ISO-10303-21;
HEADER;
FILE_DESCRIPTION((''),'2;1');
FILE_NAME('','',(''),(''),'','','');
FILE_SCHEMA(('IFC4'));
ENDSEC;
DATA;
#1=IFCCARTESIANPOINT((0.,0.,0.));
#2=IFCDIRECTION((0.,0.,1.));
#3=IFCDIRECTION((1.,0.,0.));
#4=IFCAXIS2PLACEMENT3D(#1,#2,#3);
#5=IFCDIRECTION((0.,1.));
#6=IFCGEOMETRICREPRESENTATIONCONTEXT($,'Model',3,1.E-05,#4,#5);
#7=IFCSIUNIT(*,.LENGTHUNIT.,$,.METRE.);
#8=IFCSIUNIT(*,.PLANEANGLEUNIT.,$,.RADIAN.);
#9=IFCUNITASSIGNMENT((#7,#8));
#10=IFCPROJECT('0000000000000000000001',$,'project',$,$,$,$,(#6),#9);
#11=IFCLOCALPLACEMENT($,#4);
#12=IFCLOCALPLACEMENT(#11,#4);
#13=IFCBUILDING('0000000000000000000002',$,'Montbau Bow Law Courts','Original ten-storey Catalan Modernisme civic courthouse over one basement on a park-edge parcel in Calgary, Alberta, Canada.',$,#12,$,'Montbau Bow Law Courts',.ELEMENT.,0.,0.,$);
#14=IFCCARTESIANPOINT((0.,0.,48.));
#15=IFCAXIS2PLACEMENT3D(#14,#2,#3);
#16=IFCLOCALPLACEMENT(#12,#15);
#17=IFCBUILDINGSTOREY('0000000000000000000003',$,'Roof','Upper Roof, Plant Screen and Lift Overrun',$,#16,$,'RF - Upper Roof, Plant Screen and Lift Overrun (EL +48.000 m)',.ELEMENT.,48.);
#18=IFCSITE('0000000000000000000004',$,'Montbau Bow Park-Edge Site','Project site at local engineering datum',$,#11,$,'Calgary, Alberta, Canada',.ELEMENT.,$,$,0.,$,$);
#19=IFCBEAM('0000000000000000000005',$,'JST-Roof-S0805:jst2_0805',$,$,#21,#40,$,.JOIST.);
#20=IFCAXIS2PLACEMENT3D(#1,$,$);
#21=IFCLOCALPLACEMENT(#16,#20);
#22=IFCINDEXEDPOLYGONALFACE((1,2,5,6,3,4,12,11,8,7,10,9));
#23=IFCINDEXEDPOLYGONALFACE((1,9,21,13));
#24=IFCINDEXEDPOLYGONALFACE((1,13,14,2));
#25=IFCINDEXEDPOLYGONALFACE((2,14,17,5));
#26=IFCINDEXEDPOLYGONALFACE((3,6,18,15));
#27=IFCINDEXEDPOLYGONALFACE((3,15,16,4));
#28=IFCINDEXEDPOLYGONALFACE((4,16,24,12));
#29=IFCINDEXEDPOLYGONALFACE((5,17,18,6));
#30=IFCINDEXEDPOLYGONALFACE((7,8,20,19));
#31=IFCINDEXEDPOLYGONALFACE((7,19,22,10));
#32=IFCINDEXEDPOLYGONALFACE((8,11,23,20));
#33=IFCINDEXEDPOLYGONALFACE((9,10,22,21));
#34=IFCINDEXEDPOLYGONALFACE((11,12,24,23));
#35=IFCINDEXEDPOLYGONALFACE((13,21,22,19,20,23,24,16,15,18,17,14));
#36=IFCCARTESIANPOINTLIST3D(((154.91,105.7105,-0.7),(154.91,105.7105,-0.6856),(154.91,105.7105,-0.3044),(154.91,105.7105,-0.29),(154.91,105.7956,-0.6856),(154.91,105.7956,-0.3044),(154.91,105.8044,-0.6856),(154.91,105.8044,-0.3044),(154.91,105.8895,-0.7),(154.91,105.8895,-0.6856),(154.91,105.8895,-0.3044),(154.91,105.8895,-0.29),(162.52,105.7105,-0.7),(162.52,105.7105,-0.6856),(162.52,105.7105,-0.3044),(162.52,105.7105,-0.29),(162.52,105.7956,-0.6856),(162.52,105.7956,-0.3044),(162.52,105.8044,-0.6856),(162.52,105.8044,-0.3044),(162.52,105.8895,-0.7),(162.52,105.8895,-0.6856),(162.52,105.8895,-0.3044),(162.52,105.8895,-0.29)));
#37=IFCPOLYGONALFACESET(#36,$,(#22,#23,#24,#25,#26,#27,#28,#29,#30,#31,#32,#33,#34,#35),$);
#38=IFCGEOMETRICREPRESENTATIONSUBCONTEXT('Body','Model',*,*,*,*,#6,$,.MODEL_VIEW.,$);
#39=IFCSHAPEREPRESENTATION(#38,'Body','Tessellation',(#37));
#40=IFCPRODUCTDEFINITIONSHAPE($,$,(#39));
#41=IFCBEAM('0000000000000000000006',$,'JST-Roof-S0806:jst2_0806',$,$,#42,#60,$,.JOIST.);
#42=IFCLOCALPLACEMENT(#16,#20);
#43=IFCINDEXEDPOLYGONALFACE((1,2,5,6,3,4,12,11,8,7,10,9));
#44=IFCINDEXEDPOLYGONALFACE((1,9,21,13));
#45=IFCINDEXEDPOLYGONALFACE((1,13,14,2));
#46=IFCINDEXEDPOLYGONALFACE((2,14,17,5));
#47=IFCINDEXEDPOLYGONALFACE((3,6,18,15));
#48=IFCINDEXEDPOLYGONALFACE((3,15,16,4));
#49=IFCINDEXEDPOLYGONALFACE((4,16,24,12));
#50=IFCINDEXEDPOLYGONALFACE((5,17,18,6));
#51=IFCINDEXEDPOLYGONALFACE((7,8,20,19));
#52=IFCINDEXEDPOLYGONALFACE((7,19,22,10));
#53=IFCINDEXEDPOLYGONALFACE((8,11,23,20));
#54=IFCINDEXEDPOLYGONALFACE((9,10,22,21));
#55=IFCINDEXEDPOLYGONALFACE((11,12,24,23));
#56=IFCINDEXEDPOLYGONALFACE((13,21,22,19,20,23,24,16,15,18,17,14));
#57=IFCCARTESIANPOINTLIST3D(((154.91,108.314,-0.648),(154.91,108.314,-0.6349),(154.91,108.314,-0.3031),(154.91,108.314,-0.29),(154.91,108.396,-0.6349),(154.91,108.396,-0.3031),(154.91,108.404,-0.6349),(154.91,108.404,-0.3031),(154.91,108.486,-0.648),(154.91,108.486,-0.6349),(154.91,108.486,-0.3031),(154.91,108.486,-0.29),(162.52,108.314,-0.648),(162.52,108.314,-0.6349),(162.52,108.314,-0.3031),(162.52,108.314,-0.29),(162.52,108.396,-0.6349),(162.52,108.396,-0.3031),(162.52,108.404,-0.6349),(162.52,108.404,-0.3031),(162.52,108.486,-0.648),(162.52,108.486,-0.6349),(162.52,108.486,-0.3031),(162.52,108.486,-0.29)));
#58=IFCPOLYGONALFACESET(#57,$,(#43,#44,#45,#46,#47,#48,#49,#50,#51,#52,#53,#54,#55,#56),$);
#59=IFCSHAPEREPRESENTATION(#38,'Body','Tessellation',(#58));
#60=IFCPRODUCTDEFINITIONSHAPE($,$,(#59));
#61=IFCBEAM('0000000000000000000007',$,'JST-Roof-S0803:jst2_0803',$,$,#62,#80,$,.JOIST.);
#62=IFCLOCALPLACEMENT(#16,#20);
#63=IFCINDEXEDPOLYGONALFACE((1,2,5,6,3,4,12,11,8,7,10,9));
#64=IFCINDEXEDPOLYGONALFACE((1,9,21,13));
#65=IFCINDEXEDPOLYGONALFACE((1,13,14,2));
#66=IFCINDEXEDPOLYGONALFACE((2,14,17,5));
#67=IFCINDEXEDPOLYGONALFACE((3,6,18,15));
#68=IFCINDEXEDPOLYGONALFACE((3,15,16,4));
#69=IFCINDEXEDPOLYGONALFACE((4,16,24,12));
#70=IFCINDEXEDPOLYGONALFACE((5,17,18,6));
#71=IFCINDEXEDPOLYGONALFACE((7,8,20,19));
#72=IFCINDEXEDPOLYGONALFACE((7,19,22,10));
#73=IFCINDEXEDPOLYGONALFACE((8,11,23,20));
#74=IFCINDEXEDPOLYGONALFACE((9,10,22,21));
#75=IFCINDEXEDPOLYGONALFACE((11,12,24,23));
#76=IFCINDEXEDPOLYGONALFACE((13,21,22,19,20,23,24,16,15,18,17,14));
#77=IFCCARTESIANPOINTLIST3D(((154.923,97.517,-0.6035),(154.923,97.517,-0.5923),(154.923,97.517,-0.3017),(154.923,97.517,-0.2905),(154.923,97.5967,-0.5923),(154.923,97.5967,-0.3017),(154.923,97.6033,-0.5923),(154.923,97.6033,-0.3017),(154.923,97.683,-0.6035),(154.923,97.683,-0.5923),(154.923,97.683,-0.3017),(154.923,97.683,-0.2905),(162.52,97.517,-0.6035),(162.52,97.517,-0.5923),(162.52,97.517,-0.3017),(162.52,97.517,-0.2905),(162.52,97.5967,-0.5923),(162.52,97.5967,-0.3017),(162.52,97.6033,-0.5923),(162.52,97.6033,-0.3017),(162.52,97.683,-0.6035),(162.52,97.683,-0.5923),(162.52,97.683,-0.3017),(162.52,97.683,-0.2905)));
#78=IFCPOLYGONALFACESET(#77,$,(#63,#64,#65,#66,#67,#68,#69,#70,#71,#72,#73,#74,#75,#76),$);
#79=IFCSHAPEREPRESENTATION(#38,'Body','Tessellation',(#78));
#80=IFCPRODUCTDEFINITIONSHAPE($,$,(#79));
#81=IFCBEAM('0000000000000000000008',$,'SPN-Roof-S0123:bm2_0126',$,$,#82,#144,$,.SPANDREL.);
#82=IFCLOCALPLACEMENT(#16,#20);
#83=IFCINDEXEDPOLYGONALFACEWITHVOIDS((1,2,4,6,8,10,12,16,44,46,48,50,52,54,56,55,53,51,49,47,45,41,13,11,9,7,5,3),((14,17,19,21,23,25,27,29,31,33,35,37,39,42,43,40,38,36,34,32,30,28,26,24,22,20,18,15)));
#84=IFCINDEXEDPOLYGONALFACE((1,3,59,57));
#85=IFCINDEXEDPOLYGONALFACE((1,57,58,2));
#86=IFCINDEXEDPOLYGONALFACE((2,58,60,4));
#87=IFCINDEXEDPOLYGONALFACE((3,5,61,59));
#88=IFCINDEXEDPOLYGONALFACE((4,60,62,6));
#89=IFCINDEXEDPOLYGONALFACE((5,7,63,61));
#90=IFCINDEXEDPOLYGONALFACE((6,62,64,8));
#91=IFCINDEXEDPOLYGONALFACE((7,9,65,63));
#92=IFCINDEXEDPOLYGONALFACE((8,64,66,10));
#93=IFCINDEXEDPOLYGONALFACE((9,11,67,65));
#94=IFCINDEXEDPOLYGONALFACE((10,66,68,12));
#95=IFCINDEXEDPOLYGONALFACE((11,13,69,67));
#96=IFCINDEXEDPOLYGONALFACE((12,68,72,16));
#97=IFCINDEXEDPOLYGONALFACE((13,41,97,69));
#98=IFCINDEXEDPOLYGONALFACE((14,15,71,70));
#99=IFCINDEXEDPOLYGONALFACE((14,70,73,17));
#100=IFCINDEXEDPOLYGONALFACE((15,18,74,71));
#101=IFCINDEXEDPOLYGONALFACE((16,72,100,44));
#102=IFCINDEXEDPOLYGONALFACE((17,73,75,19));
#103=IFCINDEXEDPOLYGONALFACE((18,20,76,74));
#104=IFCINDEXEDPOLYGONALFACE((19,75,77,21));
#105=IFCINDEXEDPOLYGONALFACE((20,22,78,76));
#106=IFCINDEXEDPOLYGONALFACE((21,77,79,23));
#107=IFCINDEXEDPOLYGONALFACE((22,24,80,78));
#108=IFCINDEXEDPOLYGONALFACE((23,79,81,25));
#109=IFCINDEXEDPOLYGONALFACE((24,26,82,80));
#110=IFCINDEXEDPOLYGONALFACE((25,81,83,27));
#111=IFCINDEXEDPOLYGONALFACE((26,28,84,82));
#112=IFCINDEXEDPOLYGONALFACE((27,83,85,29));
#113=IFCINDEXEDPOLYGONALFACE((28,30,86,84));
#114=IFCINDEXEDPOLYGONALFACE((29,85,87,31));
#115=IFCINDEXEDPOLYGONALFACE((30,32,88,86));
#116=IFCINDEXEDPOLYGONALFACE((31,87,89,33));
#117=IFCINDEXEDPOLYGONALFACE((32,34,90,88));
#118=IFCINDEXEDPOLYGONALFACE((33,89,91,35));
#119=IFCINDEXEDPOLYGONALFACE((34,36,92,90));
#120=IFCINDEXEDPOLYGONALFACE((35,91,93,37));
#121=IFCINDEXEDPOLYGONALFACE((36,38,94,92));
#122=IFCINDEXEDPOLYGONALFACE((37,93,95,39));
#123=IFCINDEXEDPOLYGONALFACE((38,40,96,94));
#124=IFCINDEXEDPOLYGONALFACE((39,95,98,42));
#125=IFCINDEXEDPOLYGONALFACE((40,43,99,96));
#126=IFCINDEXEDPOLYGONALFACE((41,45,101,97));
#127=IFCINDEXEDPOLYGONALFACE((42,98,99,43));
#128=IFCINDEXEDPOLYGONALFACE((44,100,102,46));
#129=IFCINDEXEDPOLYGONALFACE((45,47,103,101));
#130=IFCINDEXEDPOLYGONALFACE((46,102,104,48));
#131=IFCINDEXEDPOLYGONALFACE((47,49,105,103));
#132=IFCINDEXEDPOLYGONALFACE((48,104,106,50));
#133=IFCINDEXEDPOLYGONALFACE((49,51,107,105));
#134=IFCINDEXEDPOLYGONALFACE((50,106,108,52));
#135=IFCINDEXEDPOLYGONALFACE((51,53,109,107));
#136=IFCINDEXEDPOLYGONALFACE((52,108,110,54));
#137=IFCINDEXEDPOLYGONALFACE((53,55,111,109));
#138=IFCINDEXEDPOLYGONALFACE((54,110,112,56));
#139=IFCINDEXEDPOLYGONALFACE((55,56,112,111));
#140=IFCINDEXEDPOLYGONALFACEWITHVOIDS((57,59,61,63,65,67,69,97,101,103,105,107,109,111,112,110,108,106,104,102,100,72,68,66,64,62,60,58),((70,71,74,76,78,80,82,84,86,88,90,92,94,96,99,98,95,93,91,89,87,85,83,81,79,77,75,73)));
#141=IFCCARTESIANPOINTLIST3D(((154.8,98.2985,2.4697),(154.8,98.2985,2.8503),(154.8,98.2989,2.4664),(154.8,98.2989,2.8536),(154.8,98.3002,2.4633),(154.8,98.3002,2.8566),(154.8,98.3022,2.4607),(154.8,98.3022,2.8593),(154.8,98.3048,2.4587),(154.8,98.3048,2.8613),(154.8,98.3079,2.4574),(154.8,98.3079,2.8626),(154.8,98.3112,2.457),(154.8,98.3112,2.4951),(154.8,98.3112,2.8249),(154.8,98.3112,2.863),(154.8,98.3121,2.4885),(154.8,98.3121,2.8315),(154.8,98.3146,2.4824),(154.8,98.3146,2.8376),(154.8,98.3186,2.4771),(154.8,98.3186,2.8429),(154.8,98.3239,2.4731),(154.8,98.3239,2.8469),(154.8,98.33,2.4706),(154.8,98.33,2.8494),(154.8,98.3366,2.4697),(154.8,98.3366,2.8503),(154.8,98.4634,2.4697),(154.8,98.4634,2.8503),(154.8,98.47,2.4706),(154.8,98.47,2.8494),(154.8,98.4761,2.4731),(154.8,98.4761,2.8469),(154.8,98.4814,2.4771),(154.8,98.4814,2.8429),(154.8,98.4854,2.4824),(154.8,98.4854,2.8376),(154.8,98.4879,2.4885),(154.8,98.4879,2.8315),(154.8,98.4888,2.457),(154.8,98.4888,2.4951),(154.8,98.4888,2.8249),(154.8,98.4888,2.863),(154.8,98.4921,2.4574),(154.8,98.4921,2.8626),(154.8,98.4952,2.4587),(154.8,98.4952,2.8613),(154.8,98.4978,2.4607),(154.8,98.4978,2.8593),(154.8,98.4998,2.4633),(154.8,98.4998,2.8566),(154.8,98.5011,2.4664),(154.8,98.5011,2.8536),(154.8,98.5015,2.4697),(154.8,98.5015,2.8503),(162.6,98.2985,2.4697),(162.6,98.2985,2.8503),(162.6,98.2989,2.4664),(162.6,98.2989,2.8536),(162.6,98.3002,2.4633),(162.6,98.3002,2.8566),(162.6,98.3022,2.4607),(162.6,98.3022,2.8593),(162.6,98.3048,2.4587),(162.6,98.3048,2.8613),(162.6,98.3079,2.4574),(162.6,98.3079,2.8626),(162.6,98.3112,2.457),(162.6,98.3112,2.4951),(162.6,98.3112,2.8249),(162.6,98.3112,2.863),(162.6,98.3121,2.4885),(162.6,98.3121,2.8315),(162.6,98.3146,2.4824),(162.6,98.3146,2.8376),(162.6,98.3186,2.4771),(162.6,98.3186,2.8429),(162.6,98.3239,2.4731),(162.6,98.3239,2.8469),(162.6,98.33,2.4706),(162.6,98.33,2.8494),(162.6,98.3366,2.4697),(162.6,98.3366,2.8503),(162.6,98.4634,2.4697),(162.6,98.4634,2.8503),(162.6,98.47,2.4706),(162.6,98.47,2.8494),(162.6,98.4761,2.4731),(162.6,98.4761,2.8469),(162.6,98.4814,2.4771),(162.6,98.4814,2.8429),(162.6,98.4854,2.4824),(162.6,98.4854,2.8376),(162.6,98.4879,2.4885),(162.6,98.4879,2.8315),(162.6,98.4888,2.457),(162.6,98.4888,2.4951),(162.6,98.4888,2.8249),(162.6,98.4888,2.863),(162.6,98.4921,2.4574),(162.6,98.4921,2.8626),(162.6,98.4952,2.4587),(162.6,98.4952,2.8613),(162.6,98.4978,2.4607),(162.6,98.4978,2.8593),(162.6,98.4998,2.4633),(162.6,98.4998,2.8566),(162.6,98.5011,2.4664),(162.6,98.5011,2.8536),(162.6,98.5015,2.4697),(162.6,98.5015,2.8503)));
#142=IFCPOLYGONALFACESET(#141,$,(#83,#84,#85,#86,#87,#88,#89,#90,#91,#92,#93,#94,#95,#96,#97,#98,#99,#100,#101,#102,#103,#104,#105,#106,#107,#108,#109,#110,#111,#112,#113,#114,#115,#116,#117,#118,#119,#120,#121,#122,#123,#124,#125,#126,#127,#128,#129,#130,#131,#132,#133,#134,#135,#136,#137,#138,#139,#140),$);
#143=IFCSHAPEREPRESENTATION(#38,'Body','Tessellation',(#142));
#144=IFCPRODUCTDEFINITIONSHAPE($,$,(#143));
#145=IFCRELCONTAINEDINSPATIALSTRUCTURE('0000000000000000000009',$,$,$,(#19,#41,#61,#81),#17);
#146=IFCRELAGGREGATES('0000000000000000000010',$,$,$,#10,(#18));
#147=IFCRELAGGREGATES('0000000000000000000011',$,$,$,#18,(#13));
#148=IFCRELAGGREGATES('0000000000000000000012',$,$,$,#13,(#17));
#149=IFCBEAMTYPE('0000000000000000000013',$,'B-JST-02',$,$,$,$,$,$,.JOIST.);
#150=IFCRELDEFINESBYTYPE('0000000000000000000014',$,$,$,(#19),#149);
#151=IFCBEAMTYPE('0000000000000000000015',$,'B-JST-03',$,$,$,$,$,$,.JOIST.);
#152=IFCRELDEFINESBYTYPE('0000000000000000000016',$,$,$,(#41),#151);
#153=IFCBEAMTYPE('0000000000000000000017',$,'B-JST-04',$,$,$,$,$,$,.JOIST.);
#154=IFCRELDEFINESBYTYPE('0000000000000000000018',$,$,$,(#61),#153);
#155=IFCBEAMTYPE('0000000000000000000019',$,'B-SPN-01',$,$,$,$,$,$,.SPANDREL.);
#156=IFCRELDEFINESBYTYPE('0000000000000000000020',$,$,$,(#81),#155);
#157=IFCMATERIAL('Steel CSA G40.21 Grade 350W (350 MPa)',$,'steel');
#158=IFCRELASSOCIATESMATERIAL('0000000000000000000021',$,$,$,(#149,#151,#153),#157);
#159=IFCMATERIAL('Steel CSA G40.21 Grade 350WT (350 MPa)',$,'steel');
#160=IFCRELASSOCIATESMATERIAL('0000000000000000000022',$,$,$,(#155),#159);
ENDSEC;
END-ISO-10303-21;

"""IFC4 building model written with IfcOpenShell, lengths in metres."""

from ifc_helpers import new_model, si_unit, direction, frame, origin_with_axes, origin_2d_with_axis, place, context, subcontext, project, spatial, hollow_rectangle, i_section, extrude, material, material_profile, profile_set, type_object, element, save


model = new_model("IFC4")

# Units and contexts
model_context = context("Model", 3, precision=1e-05, world=origin_with_axes(), true_north=direction((0.0, 1.0)))
body_context = subcontext(model_context, "Body", "Model", "MODEL_VIEW")
ifc_project = project(units=[si_unit("LENGTHUNIT", "METRE"), si_unit("PLANEANGLEUNIT", "RADIAN")], contexts=[model_context])

# Site, building, storey
site_placement = place(None, origin_with_axes())
site = spatial("IfcSite", under=ifc_project, at=site_placement, Name="Montbau Bow Park-Edge Site", Description="Project site at local engineering datum", LongName="Calgary, Alberta, Canada", CompositionType="ELEMENT", RefElevation=0.0)
building_placement = place(site_placement, origin_with_axes())
building = spatial("IfcBuilding", under=site, at=building_placement, Name="Montbau Bow Law Courts", Description="Original ten-storey Catalan Modernisme civic courthouse over one basement on a park-edge parcel in Calgary, Alberta, Canada.", LongName="Montbau Bow Law Courts", CompositionType="ELEMENT", ElevationOfRefHeight=0.0, ElevationOfTerrain=0.0)
storey_placement = place(building_placement, frame((0.0, 0.0, 48.0), z_axis=(0.0, 0.0, 1.0), x_axis=(1.0, 0.0, 0.0)))
storey = spatial("IfcBuildingStorey", under=building, at=storey_placement, Name="Roof", Description="Upper Roof, Plant Screen and Lift Overrun", LongName="RF - Upper Roof, Plant Screen and Lift Overrun (EL +48.000 m)", CompositionType="ELEMENT", Elevation=48.0)

# Shared definitions
ifc_material_1 = material(Name="Steel CSA G40.21 Grade 350W (350 MPa)", Category="steel")

# Beams
ifc_material_profile_1 = material_profile(ifc_material_1, i_section(OverallWidth=0.179, OverallDepth=0.41, WebThickness=0.0088, FlangeThickness=0.0144, at=origin_2d_with_axis()), Name="W410X67", Category="Main", Priority=0)
ifc_profile_set_1 = profile_set([ifc_material_profile_1], Name="Steel CSA G40.21 Grade 350W (350 MPa)")
beam_type_1 = type_object("IfcBeamType", Name="B-JST-02", PredefinedType="JOIST", material=ifc_profile_set_1)
beam_1_placement = place(None, frame((154.91, 105.8, 47.505), z_axis=(1.0, 0.0, 0.0), x_axis=(0.0, 1.0, 0.0)))
element("IfcBeam", 1, at=beam_1_placement, inside=storey, type_object=beam_type_1, Name="JST-Roof-S0805:jst2_0805", PredefinedType="JOIST", context=body_context, shape_type="SweptSolid", body=[
    extrude(i_section(OverallWidth=0.179, OverallDepth=0.41, WebThickness=0.0088, FlangeThickness=0.0144, at=origin_2d_with_axis()), origin_with_axes(), (0.0, 0.0, 1.0), 7.61),
])
ifc_material_profile_2 = material_profile(ifc_material_1, i_section(OverallWidth=0.172, OverallDepth=0.358, WebThickness=0.0079, FlangeThickness=0.0131, at=origin_2d_with_axis()), Name="W360X57", Category="Main", Priority=0)
ifc_profile_set_2 = profile_set([ifc_material_profile_2], Name="Steel CSA G40.21 Grade 350W (350 MPa)")
beam_type_2 = type_object("IfcBeamType", Name="B-JST-03", PredefinedType="JOIST", material=ifc_profile_set_2)
beam_2_placement = place(None, frame((154.91, 108.4, 47.531), z_axis=(1.0, 0.0, 0.0), x_axis=(0.0, 1.0, 0.0)))
element("IfcBeam", 2, at=beam_2_placement, inside=storey, type_object=beam_type_2, Name="JST-Roof-S0806:jst2_0806", PredefinedType="JOIST", context=body_context, shape_type="SweptSolid", body=[
    extrude(i_section(OverallWidth=0.172, OverallDepth=0.358, WebThickness=0.0079, FlangeThickness=0.0131, at=origin_2d_with_axis()), origin_with_axes(), (0.0, 0.0, 1.0), 7.61),
])
ifc_material_profile_3 = material_profile(ifc_material_1, i_section(OverallWidth=0.166, OverallDepth=0.313, WebThickness=0.0066, FlangeThickness=0.0112, at=origin_2d_with_axis()), Name="W310X45", Category="Main", Priority=0)
ifc_profile_set_3 = profile_set([ifc_material_profile_3], Name="Steel CSA G40.21 Grade 350W (350 MPa)")
beam_type_3 = type_object("IfcBeamType", Name="B-JST-04", PredefinedType="JOIST", material=ifc_profile_set_3)
beam_3_placement = place(None, frame((154.923, 97.6, 47.553), z_axis=(1.0, 0.0, 0.0), x_axis=(0.0, 1.0, 0.0)))
element("IfcBeam", 3, at=beam_3_placement, inside=storey, type_object=beam_type_3, Name="JST-Roof-S0803:jst2_0803", PredefinedType="JOIST", context=body_context, shape_type="SweptSolid", body=[
    extrude(i_section(OverallWidth=0.166, OverallDepth=0.313, WebThickness=0.0066, FlangeThickness=0.0112, at=origin_2d_with_axis()), origin_with_axes(), (0.0, 0.0, 1.0), 7.597),
])
ifc_material_2 = material(Name="Steel CSA G40.21 Grade 350WT (350 MPa)", Category="steel")
ifc_material_profile_4 = material_profile(ifc_material_2, hollow_rectangle(XDim=0.203, YDim=0.406, WallThickness=0.0127, InnerFilletRadius=0.0254, OuterFilletRadius=0.0127, at=origin_2d_with_axis()), Name="HSS406X203X13", Category="Main", Priority=0)
ifc_profile_set_4 = profile_set([ifc_material_profile_4], Name="Steel CSA G40.21 Grade 350WT (350 MPa)")
beam_type_4 = type_object("IfcBeamType", Name="B-SPN-01", PredefinedType="SPANDREL", material=ifc_profile_set_4)
beam_4_placement = place(None, frame((154.8, 98.4, 50.66), z_axis=(1.0, 0.0, 0.0), x_axis=(0.0, 1.0, 0.0)))
element("IfcBeam", 4, at=beam_4_placement, inside=storey, type_object=beam_type_4, Name="SPN-Roof-S0123:bm2_0126", PredefinedType="SPANDREL", context=body_context, shape_type="SweptSolid", body=[
    extrude(hollow_rectangle(XDim=0.203, YDim=0.406, WallThickness=0.0127, InnerFilletRadius=0.0254, OuterFilletRadius=0.0127, at=origin_2d_with_axis()), origin_with_axes(), (0.0, 0.0, 1.0), 7.8),
])

save(model, "model.ifc")
